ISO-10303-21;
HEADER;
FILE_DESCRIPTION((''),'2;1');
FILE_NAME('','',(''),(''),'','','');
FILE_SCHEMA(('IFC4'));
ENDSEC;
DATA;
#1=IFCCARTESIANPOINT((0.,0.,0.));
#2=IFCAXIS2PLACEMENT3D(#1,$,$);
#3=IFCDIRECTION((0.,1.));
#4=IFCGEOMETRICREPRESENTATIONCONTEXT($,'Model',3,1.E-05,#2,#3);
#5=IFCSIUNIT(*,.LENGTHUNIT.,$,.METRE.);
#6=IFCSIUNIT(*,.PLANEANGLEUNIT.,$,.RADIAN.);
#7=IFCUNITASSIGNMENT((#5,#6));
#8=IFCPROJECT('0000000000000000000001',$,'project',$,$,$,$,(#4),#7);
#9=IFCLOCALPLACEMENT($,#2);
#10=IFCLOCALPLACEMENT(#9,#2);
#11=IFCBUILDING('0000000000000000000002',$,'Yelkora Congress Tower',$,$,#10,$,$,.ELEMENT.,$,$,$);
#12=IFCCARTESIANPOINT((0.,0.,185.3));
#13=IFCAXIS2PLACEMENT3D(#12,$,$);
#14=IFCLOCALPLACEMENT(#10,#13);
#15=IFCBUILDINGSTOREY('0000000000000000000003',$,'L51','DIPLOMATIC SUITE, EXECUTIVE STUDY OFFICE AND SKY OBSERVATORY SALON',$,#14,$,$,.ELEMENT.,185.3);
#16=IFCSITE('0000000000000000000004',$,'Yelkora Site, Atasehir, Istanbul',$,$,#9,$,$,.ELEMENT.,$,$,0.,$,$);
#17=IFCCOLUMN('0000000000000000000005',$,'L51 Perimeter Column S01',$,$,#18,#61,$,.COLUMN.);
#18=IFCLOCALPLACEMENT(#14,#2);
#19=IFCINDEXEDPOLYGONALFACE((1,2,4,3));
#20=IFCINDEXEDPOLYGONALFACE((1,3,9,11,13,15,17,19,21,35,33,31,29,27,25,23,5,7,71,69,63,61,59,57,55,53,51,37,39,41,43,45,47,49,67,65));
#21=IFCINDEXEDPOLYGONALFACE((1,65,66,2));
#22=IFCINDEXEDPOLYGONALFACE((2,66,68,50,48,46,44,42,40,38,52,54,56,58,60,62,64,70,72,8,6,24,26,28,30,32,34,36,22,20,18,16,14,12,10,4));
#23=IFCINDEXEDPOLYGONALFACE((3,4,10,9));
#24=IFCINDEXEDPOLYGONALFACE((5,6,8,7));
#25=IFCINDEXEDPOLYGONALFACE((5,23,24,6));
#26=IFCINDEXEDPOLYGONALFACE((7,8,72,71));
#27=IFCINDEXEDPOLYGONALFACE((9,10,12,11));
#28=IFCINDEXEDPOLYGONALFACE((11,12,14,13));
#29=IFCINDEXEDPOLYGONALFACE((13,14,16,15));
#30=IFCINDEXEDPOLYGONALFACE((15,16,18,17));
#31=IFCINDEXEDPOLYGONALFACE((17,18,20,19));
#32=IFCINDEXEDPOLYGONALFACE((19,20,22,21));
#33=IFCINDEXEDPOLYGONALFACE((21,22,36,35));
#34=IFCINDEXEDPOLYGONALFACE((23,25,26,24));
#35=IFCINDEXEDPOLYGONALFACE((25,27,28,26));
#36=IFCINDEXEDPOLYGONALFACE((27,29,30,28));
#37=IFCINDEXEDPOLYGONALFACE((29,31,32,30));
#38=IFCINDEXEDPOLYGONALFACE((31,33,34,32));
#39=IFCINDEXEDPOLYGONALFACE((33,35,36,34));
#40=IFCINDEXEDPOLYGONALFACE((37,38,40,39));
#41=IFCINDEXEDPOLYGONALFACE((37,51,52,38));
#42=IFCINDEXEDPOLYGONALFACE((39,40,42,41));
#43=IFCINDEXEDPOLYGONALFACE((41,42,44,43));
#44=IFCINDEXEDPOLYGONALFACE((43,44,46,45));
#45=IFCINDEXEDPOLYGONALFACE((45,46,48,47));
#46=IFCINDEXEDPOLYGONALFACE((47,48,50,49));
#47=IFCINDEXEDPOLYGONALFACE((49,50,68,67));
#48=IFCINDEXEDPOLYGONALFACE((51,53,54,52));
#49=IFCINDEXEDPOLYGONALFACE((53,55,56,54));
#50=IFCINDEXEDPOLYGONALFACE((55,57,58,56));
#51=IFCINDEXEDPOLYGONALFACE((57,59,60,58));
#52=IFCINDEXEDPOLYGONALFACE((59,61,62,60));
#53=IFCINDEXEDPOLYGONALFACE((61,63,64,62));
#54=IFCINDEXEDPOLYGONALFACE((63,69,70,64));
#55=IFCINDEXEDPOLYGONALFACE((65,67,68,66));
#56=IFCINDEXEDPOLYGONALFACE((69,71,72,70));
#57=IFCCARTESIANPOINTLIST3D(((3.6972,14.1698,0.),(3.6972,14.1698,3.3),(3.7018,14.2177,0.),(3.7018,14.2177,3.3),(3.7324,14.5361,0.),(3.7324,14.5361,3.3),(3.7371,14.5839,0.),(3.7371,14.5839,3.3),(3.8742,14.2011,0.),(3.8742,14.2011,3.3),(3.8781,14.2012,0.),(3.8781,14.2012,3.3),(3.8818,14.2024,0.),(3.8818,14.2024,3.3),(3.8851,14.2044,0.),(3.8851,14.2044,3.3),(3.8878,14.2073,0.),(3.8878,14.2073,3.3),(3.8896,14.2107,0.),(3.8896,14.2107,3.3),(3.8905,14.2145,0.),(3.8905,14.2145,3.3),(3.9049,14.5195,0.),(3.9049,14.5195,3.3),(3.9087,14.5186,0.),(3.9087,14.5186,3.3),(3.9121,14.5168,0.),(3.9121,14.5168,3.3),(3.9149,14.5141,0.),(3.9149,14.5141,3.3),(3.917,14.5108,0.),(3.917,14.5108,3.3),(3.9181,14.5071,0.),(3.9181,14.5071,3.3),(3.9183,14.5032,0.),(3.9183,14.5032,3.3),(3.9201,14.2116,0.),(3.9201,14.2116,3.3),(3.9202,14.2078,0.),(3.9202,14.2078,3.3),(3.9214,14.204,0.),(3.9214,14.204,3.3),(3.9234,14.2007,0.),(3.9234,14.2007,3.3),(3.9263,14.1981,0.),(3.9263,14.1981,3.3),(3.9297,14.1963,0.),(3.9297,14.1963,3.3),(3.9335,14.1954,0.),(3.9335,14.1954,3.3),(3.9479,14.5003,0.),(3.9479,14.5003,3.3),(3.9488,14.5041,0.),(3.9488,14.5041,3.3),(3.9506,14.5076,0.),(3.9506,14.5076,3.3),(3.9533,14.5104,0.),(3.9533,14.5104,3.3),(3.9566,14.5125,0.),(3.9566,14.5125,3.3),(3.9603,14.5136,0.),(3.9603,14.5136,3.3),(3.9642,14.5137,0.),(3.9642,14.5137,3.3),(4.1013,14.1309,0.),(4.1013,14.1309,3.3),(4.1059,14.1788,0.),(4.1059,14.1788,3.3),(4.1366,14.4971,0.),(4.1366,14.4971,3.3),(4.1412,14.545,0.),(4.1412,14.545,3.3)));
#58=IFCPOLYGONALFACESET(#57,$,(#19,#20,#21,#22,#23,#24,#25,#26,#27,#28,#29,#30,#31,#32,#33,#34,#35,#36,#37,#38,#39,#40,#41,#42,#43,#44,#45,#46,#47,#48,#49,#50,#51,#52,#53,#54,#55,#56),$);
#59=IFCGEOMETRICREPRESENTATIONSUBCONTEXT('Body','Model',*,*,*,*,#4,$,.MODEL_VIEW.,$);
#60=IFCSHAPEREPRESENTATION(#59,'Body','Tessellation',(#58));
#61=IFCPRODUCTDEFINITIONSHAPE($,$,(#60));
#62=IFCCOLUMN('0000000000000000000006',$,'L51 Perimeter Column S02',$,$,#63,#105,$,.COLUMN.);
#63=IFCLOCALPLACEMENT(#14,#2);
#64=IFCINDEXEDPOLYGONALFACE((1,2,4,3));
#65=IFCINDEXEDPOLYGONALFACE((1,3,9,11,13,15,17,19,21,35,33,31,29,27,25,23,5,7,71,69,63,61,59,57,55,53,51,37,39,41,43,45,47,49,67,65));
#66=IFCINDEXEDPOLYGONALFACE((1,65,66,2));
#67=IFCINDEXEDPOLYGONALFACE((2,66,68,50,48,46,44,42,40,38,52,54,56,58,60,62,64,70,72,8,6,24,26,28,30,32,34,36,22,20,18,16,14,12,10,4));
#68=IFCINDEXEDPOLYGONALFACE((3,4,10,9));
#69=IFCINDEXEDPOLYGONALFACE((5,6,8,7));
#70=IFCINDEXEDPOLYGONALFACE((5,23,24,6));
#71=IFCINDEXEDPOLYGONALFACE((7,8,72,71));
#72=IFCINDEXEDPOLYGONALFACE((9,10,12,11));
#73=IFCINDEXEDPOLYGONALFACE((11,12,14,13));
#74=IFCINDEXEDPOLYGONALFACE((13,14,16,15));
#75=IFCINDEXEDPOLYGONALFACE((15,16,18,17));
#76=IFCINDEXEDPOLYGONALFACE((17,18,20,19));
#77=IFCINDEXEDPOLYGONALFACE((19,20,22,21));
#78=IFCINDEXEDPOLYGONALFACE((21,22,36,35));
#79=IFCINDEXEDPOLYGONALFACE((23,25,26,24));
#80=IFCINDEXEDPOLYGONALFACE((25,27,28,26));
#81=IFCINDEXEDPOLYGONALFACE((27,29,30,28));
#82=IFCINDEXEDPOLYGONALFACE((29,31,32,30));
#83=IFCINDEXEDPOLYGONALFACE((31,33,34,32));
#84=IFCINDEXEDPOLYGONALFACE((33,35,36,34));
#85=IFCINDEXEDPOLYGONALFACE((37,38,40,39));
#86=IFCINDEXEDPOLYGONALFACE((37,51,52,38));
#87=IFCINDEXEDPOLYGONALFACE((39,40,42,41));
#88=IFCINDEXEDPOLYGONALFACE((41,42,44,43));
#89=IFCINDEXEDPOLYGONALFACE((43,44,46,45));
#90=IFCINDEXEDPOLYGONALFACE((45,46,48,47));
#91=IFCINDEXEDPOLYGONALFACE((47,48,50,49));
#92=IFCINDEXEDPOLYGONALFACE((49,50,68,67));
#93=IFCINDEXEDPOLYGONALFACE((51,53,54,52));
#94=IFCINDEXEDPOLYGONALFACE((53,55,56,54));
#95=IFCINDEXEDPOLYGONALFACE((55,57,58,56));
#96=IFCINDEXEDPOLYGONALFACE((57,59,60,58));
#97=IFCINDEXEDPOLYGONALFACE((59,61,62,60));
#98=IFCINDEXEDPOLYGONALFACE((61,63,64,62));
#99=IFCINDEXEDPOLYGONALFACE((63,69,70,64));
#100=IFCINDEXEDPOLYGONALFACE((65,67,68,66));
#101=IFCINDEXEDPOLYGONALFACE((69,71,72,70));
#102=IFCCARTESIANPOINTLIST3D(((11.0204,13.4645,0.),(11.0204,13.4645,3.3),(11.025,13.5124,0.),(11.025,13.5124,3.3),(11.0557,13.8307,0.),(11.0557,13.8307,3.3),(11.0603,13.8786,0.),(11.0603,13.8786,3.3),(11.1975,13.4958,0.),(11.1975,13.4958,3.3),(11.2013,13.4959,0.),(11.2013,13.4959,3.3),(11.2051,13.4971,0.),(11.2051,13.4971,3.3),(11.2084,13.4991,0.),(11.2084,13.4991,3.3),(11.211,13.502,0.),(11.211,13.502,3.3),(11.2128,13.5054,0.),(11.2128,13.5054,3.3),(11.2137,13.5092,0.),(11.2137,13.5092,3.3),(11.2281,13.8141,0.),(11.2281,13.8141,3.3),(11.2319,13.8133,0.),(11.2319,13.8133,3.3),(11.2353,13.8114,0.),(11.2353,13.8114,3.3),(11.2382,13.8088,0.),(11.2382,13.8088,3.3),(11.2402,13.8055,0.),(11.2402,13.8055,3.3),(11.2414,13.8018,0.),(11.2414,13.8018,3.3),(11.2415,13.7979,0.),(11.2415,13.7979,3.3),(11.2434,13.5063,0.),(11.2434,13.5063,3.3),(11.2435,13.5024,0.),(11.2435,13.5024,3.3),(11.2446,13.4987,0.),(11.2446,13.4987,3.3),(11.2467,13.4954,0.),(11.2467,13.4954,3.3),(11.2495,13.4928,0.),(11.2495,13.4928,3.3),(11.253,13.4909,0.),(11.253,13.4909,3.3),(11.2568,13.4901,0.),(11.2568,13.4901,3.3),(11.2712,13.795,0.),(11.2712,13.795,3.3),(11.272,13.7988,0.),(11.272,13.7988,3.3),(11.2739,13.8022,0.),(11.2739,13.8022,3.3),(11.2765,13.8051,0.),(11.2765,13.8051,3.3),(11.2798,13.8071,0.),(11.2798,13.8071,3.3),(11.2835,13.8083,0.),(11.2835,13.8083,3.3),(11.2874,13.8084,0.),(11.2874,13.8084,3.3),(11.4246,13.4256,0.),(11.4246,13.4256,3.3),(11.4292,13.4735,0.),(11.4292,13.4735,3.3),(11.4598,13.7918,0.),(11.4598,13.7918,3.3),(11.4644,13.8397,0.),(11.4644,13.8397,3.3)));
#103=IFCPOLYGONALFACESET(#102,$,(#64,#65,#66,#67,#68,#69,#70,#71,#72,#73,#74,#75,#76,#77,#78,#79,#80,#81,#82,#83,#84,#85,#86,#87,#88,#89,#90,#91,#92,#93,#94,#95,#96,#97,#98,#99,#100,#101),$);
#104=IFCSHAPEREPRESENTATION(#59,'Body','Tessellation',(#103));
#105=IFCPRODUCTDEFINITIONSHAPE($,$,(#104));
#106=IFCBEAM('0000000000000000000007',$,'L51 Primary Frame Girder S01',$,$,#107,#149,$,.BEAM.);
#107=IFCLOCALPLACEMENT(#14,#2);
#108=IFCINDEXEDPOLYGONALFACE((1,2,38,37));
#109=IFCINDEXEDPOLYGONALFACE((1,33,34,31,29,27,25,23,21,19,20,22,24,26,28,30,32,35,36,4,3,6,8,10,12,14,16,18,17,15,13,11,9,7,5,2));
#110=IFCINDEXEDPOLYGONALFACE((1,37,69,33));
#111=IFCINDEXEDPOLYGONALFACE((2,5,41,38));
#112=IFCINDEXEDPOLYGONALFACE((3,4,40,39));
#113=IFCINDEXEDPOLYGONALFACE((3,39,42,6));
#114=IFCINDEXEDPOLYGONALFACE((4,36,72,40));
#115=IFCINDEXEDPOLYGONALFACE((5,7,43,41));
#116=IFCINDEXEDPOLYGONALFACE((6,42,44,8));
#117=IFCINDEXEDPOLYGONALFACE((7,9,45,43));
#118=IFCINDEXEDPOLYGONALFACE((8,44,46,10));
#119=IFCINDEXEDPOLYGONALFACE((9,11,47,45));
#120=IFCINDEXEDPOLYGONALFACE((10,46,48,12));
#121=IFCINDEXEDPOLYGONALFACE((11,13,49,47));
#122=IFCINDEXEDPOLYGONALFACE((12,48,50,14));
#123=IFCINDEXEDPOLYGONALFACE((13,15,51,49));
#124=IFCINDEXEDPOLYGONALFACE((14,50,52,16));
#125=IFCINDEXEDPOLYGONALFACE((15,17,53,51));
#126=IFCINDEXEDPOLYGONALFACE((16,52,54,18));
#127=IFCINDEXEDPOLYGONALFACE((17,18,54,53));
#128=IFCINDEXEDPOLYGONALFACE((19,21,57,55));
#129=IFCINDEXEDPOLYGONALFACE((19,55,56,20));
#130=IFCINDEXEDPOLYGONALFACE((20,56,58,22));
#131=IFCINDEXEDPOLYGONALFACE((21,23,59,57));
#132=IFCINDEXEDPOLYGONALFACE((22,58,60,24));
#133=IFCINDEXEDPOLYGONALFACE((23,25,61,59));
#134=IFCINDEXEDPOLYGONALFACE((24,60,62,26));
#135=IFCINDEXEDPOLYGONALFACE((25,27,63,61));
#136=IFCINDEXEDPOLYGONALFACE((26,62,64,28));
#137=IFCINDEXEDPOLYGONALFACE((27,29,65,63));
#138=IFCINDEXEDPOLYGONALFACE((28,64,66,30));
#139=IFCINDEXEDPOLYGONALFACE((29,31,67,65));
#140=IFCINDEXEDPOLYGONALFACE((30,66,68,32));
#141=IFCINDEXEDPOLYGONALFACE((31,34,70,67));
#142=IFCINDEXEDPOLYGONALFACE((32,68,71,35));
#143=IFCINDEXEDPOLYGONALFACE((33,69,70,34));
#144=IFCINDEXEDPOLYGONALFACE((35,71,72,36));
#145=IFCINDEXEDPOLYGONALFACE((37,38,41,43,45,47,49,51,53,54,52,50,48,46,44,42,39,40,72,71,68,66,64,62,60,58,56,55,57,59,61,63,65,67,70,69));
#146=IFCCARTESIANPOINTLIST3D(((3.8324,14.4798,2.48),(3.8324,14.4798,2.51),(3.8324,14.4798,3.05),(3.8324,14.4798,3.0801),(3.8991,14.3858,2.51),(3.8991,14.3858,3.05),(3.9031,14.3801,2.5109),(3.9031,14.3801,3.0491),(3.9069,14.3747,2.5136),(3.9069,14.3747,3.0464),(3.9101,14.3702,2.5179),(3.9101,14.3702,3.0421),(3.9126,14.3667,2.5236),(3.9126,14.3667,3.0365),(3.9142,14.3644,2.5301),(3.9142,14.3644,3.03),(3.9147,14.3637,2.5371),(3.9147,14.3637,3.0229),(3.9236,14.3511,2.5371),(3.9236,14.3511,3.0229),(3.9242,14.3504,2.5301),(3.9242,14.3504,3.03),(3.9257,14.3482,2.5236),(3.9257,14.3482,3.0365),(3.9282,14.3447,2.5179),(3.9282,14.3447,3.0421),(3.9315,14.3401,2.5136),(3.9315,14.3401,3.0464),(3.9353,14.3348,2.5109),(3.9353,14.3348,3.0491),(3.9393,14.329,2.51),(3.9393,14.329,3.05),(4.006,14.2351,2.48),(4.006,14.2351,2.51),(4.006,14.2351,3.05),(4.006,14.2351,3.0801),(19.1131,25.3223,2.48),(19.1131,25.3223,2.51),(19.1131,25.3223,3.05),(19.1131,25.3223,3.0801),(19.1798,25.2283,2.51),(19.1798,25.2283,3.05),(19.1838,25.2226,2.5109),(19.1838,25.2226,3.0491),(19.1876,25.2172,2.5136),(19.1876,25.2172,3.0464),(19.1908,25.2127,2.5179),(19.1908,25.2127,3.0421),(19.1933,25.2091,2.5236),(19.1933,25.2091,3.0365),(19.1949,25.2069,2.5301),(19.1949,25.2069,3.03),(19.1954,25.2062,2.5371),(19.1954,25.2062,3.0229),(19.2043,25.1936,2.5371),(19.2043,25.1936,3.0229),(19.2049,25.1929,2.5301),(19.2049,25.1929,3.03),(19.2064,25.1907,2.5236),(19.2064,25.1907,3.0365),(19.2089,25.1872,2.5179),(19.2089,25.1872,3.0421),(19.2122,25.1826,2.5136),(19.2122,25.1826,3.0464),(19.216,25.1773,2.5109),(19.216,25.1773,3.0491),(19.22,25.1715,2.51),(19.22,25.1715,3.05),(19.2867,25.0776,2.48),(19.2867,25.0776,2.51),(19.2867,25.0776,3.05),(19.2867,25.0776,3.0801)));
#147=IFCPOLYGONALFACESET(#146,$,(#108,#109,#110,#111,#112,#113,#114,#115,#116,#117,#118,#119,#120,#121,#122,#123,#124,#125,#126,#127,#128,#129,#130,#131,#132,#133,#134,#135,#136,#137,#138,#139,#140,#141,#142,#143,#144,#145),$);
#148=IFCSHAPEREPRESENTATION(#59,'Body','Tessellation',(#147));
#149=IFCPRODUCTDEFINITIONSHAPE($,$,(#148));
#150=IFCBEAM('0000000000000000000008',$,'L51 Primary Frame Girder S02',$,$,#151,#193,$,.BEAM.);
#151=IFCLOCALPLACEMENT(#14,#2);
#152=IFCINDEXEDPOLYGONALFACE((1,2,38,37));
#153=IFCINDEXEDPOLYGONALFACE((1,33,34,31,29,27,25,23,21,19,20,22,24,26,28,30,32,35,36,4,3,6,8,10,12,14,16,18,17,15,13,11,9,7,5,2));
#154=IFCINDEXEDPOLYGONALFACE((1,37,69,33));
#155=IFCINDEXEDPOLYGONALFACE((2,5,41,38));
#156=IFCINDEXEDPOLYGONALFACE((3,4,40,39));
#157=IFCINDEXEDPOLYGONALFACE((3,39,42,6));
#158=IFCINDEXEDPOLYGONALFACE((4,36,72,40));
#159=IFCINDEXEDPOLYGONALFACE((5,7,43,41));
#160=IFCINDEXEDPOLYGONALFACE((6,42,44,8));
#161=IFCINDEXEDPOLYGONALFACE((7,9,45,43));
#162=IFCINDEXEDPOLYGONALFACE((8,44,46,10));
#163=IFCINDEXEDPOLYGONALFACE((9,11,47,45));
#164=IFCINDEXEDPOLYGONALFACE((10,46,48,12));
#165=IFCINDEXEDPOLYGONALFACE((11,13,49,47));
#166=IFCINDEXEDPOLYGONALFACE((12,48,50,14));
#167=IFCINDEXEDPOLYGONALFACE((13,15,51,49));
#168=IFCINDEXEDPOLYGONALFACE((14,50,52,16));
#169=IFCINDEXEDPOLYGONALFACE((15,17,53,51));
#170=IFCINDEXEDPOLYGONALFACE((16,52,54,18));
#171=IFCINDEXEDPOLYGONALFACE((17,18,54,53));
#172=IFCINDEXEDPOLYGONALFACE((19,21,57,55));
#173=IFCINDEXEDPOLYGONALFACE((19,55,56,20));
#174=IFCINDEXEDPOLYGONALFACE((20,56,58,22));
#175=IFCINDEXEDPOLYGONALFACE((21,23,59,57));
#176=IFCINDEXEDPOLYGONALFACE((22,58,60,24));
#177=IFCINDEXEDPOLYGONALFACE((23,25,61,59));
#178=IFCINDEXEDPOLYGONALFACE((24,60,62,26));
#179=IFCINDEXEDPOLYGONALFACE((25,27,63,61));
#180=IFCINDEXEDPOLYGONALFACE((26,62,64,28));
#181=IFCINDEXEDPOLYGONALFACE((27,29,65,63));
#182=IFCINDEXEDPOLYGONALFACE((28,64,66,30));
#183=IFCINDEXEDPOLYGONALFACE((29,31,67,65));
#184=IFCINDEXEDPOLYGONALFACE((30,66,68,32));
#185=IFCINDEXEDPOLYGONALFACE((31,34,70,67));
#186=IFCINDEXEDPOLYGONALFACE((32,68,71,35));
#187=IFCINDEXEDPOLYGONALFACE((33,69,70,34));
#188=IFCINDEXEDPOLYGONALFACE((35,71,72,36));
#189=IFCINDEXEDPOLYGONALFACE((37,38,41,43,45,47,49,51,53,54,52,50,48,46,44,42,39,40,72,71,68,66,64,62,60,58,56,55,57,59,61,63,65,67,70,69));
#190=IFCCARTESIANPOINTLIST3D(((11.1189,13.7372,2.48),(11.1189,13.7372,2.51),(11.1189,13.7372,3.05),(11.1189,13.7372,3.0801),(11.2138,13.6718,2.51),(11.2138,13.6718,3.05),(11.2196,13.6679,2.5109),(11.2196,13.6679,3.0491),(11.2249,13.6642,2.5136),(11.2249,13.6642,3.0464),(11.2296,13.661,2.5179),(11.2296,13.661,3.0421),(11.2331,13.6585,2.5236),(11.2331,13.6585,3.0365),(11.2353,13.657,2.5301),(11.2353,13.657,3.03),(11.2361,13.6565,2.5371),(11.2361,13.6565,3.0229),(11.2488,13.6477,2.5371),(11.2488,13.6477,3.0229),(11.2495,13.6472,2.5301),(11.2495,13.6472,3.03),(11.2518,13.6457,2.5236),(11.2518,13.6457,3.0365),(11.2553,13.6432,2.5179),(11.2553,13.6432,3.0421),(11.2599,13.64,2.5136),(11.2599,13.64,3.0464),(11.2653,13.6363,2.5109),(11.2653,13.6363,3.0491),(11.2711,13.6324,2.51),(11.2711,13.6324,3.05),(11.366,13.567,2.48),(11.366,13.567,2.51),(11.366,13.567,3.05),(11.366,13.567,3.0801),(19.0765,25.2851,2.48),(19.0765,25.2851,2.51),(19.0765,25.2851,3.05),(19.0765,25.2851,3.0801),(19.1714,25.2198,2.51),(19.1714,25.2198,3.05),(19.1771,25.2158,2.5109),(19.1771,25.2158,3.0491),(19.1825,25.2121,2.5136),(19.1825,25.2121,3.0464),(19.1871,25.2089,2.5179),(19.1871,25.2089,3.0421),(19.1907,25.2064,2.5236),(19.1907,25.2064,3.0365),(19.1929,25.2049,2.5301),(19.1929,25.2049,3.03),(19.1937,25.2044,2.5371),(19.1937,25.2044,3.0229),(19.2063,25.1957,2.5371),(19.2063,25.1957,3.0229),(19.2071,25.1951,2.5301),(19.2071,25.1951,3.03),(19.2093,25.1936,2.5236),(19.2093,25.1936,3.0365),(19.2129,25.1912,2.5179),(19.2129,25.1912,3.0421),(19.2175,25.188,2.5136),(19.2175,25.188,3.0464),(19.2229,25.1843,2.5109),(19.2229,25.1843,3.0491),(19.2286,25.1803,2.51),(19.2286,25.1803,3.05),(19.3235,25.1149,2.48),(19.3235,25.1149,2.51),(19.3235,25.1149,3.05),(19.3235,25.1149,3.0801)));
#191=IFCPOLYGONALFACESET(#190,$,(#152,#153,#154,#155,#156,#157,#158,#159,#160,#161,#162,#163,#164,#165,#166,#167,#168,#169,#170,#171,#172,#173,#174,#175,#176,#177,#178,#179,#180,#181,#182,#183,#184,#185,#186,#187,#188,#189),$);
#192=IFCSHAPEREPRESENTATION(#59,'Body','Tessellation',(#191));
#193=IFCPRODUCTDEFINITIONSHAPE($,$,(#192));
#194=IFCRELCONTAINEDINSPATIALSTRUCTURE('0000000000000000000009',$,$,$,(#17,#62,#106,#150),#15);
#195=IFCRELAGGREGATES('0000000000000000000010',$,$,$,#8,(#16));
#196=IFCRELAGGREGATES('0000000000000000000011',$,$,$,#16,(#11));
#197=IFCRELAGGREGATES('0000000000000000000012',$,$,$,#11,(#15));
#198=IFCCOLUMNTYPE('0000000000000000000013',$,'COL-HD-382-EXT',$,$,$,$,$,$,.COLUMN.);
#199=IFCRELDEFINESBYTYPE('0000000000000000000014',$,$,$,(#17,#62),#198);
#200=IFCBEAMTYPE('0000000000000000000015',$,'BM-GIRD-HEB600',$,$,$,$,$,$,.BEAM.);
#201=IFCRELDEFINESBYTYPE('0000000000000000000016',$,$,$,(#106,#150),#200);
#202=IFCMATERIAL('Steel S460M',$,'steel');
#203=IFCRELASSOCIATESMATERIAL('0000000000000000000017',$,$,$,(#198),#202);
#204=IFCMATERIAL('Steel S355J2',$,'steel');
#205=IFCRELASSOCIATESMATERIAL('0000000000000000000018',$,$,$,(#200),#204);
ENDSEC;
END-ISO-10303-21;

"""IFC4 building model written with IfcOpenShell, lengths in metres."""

from ifc_helpers import new_model, si_unit, direction, frame, origin, origin_2d, place, context, subcontext, project, spatial, i_section, extrude, material, material_profile, profile_set, type_object, element, save


model = new_model("IFC4")

# Units and contexts
model_context = context("Model", 3, precision=1e-05, world=origin(), true_north=direction((0.0, 1.0)))
body_context = subcontext(model_context, "Body", "Model", "MODEL_VIEW")
ifc_project = project(units=[si_unit("LENGTHUNIT", "METRE"), si_unit("PLANEANGLEUNIT", "RADIAN")], contexts=[model_context])

# Site, building, storey
site_placement = place(None, origin())
site = spatial("IfcSite", under=ifc_project, at=site_placement, Name="Yelkora Site, Atasehir, Istanbul", CompositionType="ELEMENT", RefElevation=0.0)
building_placement = place(site_placement, origin())
building = spatial("IfcBuilding", under=site, at=building_placement, Name="Yelkora Congress Tower", CompositionType="ELEMENT")
storey_placement = place(building_placement, frame((0.0, 0.0, 185.3)))
storey = spatial("IfcBuildingStorey", under=building, at=storey_placement, Name="L51", Description="DIPLOMATIC SUITE, EXECUTIVE STUDY OFFICE AND SKY OBSERVATORY SALON", CompositionType="ELEMENT", Elevation=185.3)

# Columns
ifc_material_1 = material(Name="Steel S460M", Category="steel")
ifc_material_profile_1 = material_profile(ifc_material_1, i_section(OverallWidth=0.406, OverallDepth=0.416, WebThickness=0.0298, FlangeThickness=0.0481, FilletRadius=0.0149, at=origin_2d()), Name="HD 400x382")
ifc_profile_set_1 = profile_set([ifc_material_profile_1], Name="Steel S460M")
column_type = type_object("IfcColumnType", Name="COL-HD-382-EXT", PredefinedType="COLUMN", material=ifc_profile_set_1)
for number, where, z_axis, x_axis, name in (
    (1, (3.9192, 14.3574, 0.0), (0.0, 0.0, 1.0), (0.995396, -0.095846, 0.0), "L51 Perimeter Column S01"),
    (2, (11.2424, 13.6521, 0.0), (0.0, 0.0, 1.0), (0.995396, -0.095846, 0.0), "L51 Perimeter Column S02"),
):
    element("IfcColumn", number, at=place(storey_placement, frame(where, z_axis=z_axis, x_axis=x_axis)), inside=storey, type_object=column_type, Name=name, PredefinedType="COLUMN", context=body_context, shape_type="SweptSolid", body=[
        extrude(i_section(OverallWidth=0.406, OverallDepth=0.416, WebThickness=0.0298, FlangeThickness=0.0481, FilletRadius=0.0149, at=origin_2d()), origin(), (0.0, 0.0, 1.0), 3.3),
    ])

# Beams
ifc_material_2 = material(Name="Steel S355J2", Category="steel")
ifc_material_profile_2 = material_profile(ifc_material_2, i_section(OverallWidth=0.3, OverallDepth=0.6001, WebThickness=0.0154, FlangeThickness=0.03, FilletRadius=0.0271, at=origin_2d()), Name="HEB 600")
ifc_profile_set_2 = profile_set([ifc_material_profile_2], Name="Steel S355J2")
beam_type_1 = type_object("IfcBeamType", Name="BM-GIRD-HEB600", PredefinedType="BEAM", material=ifc_profile_set_2)
beam_1_placement = place(storey_placement, frame((3.9192, 14.3574, 2.78), z_axis=(0.815555, 0.57868, 0.0), x_axis=(-0.57868, 0.815555, 0.0)))
element("IfcBeam", 3, at=beam_1_placement, inside=storey, type_object=beam_type_1, Name="L51 Primary Frame Girder S01", PredefinedType="BEAM", context=body_context, shape_type="SweptSolid", body=[
    extrude(i_section(OverallWidth=0.3, OverallDepth=0.6001, WebThickness=0.0154, FlangeThickness=0.03, FilletRadius=0.0271, at=origin_2d()), origin(), (0.0, 0.0, 1.0), 18.7366),
])
beam_2_placement = place(storey_placement, frame((11.2424, 13.6521, 2.78), z_axis=(0.567418, 0.82343, 0.0), x_axis=(-0.82343, 0.567418, 0.0)))
element("IfcBeam", 4, at=beam_2_placement, inside=storey, type_object=beam_type_1, Name="L51 Primary Frame Girder S02", PredefinedType="BEAM", context=body_context, shape_type="SweptSolid", body=[
    extrude(i_section(OverallWidth=0.3, OverallDepth=0.6001, WebThickness=0.0154, FlangeThickness=0.03, FilletRadius=0.0271, at=origin_2d()), origin(), (0.0, 0.0, 1.0), 14.0242),
])

save(model, "model.ifc")
